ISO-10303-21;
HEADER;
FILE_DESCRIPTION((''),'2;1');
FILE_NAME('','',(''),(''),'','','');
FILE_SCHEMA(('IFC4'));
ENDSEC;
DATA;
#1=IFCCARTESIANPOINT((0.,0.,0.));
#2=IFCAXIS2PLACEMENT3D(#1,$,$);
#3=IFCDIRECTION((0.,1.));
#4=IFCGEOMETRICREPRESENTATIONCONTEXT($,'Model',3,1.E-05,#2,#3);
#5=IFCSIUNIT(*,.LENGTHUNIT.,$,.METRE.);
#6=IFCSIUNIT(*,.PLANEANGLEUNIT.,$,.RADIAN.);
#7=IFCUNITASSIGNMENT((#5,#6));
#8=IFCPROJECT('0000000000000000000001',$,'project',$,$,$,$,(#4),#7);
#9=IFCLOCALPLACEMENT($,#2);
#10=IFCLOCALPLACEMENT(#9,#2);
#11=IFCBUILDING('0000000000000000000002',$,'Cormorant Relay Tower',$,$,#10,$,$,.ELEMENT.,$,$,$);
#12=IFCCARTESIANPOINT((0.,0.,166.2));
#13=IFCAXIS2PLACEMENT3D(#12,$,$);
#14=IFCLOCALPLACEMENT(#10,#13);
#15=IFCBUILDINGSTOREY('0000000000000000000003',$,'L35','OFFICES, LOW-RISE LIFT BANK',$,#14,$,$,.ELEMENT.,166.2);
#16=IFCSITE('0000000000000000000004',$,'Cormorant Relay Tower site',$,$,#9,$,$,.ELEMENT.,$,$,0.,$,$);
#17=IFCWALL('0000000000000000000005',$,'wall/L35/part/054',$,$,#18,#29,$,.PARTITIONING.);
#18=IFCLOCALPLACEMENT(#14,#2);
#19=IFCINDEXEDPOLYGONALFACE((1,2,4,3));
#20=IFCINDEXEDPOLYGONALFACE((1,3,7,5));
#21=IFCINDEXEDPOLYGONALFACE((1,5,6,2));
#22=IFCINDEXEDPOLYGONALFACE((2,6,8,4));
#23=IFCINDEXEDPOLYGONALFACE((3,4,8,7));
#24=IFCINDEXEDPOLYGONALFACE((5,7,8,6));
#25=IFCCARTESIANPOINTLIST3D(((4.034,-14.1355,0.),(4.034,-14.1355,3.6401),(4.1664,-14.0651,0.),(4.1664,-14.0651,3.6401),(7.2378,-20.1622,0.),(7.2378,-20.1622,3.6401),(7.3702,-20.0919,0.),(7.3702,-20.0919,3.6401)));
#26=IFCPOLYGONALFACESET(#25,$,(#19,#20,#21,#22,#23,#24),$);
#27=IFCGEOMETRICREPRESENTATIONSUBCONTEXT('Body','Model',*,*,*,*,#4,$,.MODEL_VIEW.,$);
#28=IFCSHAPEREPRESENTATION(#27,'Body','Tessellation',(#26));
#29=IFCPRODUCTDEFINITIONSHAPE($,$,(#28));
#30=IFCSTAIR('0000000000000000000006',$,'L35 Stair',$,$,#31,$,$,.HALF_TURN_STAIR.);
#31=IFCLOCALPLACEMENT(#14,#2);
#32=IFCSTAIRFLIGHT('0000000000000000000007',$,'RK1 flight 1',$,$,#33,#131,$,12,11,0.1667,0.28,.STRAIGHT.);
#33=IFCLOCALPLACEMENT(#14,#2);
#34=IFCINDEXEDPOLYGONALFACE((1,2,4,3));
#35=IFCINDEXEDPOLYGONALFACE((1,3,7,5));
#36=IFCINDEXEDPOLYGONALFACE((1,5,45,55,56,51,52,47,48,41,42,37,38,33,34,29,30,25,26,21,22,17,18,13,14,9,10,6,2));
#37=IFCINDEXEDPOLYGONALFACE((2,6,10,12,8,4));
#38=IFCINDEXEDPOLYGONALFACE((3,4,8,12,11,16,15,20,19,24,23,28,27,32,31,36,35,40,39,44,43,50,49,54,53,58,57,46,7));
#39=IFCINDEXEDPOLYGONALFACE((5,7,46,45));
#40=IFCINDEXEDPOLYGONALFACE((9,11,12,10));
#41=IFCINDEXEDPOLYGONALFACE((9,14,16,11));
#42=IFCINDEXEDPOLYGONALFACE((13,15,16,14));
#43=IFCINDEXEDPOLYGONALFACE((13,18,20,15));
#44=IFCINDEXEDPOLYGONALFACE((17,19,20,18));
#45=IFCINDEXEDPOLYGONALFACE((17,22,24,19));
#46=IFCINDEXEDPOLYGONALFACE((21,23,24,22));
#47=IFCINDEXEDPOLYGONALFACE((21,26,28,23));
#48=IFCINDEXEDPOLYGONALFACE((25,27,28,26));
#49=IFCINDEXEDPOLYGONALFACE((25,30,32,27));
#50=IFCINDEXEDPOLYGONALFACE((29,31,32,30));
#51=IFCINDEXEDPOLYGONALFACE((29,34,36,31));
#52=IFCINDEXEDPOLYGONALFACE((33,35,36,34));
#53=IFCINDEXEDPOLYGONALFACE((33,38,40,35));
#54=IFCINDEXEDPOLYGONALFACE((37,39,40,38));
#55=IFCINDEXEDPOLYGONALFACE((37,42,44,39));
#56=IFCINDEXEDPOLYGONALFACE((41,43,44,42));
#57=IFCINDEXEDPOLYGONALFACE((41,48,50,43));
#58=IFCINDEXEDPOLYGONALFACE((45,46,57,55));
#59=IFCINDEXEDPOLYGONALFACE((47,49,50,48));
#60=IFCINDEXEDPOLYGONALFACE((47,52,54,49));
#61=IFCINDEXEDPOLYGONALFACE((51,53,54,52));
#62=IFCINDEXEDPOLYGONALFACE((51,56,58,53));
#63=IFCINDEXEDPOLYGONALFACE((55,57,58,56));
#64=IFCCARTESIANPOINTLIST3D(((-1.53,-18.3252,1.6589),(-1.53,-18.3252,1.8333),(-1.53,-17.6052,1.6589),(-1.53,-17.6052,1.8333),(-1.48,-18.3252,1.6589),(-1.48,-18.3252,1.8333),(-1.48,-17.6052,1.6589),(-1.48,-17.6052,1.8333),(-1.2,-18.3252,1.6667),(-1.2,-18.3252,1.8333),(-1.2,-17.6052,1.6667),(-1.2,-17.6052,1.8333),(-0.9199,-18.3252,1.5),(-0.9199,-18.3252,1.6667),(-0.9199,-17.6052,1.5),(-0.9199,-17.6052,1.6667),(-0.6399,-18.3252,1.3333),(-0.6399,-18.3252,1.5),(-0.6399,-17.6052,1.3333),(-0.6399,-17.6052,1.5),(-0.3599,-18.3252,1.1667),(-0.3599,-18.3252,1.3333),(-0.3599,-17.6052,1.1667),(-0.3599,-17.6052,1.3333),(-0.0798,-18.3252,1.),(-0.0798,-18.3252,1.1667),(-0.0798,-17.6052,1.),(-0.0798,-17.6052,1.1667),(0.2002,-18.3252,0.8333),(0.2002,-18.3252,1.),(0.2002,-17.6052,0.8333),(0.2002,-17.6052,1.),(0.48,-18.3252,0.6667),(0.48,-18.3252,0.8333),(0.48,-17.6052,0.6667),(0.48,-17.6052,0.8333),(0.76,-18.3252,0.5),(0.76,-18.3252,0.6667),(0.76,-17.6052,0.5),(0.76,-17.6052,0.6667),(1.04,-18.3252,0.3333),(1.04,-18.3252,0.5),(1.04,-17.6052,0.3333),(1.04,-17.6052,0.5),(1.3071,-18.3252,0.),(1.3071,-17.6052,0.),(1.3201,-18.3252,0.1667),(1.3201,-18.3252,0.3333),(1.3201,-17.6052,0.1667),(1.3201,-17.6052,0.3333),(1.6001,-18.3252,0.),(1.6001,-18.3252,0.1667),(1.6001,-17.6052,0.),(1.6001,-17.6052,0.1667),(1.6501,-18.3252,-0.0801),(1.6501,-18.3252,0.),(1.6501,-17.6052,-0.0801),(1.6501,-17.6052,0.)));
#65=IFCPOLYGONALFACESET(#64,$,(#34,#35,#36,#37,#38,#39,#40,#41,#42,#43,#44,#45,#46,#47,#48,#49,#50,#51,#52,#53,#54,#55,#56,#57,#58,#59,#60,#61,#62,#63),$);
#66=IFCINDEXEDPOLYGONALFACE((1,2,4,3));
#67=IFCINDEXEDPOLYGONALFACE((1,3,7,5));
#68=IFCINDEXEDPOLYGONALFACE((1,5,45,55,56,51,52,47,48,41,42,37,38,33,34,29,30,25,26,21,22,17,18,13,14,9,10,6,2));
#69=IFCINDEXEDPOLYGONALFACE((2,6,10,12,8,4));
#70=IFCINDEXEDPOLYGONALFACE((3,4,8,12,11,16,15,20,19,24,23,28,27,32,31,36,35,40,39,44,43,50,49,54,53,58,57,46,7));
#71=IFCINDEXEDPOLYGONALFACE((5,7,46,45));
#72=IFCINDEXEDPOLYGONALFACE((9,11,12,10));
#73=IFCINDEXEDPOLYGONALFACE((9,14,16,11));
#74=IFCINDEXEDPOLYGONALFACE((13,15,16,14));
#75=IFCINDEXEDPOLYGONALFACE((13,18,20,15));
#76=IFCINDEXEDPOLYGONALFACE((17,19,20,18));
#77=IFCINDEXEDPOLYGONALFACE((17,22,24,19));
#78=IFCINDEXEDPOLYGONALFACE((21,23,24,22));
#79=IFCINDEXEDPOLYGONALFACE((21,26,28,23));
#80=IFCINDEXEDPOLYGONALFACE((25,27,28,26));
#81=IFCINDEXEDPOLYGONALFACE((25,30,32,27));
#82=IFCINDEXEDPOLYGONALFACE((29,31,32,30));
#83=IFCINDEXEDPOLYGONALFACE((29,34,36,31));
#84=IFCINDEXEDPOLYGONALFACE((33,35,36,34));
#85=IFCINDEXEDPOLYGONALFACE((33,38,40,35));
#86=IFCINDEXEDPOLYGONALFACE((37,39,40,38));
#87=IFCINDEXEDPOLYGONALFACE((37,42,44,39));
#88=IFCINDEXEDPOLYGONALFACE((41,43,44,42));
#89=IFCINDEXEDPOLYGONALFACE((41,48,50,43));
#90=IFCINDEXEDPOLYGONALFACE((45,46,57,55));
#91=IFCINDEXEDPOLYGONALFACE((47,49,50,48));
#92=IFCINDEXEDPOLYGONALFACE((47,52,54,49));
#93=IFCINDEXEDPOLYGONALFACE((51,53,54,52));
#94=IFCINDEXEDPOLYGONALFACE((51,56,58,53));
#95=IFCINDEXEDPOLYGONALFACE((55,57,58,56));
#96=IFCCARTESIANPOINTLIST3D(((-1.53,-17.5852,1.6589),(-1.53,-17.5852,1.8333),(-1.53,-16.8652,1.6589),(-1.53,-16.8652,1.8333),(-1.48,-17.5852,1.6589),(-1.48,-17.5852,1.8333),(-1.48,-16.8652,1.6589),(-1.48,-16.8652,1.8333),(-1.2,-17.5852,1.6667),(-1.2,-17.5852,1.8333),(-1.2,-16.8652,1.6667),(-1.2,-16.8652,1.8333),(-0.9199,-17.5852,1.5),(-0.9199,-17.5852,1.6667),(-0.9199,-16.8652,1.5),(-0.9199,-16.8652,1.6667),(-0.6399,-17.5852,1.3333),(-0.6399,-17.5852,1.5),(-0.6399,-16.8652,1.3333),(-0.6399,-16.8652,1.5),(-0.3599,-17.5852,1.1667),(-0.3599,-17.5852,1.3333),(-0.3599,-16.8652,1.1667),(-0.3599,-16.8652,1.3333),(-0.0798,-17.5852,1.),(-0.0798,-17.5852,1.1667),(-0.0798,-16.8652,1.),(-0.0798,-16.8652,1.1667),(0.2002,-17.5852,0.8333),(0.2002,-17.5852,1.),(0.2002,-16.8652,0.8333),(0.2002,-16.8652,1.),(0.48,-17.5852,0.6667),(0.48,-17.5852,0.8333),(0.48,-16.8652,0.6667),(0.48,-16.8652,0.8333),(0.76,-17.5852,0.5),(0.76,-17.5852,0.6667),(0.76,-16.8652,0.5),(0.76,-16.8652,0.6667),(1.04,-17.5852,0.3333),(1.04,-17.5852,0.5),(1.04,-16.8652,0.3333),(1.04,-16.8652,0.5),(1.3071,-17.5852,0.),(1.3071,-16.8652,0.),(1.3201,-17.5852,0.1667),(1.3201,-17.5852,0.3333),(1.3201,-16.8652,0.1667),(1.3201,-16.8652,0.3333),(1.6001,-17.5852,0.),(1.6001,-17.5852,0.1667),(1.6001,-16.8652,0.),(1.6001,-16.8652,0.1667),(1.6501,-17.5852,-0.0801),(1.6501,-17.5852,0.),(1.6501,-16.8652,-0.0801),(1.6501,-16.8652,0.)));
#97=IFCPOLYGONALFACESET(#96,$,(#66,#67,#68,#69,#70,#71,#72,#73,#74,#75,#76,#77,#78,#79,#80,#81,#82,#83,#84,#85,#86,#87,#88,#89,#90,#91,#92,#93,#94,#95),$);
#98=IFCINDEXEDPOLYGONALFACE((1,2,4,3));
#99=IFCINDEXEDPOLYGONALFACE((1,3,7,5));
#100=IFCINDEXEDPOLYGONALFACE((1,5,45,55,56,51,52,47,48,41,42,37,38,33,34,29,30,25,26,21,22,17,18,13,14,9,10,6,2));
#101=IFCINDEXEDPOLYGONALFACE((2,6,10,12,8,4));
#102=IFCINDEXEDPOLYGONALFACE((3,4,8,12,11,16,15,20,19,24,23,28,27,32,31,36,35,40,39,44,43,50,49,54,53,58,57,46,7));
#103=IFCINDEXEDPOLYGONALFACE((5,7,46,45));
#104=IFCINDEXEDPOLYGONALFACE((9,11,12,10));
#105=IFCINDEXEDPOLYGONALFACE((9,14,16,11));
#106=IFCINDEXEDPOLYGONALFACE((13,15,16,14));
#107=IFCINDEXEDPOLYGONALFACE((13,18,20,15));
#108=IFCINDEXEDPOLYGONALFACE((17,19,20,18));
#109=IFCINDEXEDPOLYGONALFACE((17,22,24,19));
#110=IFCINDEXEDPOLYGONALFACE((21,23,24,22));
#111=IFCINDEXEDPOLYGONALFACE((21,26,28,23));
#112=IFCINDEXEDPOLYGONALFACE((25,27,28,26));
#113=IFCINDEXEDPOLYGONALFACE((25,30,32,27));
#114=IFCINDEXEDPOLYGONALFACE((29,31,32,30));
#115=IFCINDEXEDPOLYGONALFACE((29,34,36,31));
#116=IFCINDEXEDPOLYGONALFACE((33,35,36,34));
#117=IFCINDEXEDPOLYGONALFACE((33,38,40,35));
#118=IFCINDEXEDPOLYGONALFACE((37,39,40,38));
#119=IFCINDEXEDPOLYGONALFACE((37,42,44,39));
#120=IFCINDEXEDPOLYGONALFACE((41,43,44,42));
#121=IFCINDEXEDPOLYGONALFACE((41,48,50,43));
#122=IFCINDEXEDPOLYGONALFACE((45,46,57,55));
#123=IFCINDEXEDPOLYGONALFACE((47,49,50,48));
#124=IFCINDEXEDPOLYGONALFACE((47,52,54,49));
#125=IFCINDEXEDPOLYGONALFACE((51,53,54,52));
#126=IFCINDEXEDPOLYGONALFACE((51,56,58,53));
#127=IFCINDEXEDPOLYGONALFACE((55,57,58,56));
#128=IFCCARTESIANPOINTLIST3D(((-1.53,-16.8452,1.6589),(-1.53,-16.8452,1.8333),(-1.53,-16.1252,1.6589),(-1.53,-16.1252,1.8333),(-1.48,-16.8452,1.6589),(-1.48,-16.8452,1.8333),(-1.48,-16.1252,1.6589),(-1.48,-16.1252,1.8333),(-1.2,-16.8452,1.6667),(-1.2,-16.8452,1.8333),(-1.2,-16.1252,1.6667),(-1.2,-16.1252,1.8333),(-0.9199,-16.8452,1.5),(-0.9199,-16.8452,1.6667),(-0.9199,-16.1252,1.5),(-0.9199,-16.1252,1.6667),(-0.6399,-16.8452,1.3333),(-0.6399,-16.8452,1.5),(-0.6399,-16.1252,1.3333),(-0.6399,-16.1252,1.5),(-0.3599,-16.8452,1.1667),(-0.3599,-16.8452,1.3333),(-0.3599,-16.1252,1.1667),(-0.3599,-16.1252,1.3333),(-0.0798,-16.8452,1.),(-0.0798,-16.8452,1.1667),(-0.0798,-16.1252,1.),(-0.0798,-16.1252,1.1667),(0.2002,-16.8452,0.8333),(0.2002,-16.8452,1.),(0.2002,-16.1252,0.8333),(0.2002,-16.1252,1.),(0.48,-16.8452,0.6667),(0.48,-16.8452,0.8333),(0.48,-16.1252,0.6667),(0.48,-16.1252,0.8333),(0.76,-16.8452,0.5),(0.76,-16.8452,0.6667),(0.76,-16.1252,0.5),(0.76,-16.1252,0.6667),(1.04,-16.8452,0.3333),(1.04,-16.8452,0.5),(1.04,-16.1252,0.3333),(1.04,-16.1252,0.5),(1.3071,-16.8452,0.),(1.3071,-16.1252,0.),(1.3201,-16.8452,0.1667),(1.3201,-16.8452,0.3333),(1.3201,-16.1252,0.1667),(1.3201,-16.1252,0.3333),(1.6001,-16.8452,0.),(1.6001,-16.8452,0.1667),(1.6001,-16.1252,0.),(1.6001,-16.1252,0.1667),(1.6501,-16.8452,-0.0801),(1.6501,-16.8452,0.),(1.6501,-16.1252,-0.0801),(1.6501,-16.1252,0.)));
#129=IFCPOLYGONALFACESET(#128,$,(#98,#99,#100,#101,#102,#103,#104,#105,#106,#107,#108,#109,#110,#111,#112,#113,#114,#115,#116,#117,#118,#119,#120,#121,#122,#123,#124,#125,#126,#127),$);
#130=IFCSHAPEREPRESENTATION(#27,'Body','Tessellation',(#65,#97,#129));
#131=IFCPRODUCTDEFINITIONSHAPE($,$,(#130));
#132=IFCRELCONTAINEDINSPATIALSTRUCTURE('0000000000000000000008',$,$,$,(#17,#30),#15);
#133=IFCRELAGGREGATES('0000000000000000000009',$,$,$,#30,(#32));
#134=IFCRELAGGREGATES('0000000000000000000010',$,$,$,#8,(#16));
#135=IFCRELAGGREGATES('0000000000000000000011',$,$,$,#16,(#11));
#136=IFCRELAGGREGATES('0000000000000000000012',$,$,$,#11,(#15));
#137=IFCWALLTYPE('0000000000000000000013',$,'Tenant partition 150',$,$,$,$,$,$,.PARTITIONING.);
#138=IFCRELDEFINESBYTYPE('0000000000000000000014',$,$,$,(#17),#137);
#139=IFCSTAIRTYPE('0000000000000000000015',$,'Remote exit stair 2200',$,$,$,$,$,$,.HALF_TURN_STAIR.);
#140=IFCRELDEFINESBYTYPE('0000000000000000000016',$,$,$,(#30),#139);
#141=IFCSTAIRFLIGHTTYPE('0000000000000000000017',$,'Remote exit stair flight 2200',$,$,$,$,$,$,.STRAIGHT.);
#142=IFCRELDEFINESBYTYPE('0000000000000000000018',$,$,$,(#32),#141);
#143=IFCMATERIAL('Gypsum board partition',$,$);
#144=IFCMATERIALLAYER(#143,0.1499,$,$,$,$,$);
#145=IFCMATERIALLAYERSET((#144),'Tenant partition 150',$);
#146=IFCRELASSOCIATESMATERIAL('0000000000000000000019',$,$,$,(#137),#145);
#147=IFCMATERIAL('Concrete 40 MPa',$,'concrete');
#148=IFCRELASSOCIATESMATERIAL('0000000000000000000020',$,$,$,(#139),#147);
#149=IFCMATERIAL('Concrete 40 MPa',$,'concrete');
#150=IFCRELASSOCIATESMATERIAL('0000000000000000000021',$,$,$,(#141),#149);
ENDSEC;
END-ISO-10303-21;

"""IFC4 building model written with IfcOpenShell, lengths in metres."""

from ifc_helpers import new_model, si_unit, direction, frame, frame_2d, origin, place, context, subcontext, project, spatial, polyline, rectangle, outline, extrude, material, layer, layer_set, type_object, element, aggregate, save


model = new_model("IFC4")

# Units and contexts
model_context = context("Model", 3, precision=1e-05, world=origin(), true_north=direction((0.0, 1.0)))
body_context = subcontext(model_context, "Body", "Model", "MODEL_VIEW")
ifc_project = project(units=[si_unit("LENGTHUNIT", "METRE"), si_unit("PLANEANGLEUNIT", "RADIAN")], contexts=[model_context])

# Site, building, storey
site_placement = place(None, origin())
site = spatial("IfcSite", under=ifc_project, at=site_placement, Name="Cormorant Relay Tower site", CompositionType="ELEMENT", RefElevation=0.0)
building_placement = place(site_placement, origin())
building = spatial("IfcBuilding", under=site, at=building_placement, Name="Cormorant Relay Tower", CompositionType="ELEMENT")
storey_placement = place(building_placement, frame((0.0, 0.0, 166.2)))
storey = spatial("IfcBuildingStorey", under=building, at=storey_placement, Name="L35", Description="OFFICES, LOW-RISE LIFT BANK", CompositionType="ELEMENT", Elevation=166.2)

# Wall
ifc_material_1 = material(Name="Gypsum board partition")
ifc_layer_1 = layer(ifc_material_1, 0.1499)
ifc_layer_set_1 = layer_set([ifc_layer_1], Name="Tenant partition 150")
wall_type_1 = type_object("IfcWallType", Name="Tenant partition 150", PredefinedType="PARTITIONING", material=ifc_layer_set_1)
wall_1_placement = place(storey_placement, frame((7.304, -20.127, 0.0), z_axis=(0.0, 0.0, 1.0), x_axis=(-0.469394, 0.882989, 0.0)))
element("IfcWall", 1, at=wall_1_placement, inside=storey, type_object=wall_type_1, Name="wall/L35/part/054", PredefinedType="PARTITIONING", context=body_context, shape_type="SweptSolid", body=[
    extrude(rectangle(XDim=6.8254, YDim=0.1499, at=frame_2d((3.4126, 0.0))), origin(), (0.0, 0.0, 1.0), 3.6401),
])

# Stair, stair flight
ifc_material_2 = material(Name="Concrete 40 MPa", Category="concrete")
stair_type = type_object("IfcStairType", Name="Remote exit stair 2200", PredefinedType="HALF_TURN_STAIR", material=ifc_material_2)
stair_placement = place(storey_placement, origin())
stair = element("IfcStair", 2, at=stair_placement, inside=storey, type_object=stair_type, Name="L35 Stair", PredefinedType="HALF_TURN_STAIR")
ifc_material_3 = material(Name="Concrete 40 MPa", Category="concrete")
stair_flight_type = type_object("IfcStairFlightType", Name="Remote exit stair flight 2200", PredefinedType="STRAIGHT", material=ifc_material_3)
stair_flight_1_placement = place(storey_placement, frame((1.6001, -17.2251, 0.0), z_axis=(0.0, 0.0, 1.0), x_axis=(-1.0, 0.0, 0.0)))
stair_flight_1 = element("IfcStairFlight", 3, at=stair_flight_1_placement, type_object=stair_flight_type, Name="RK1 flight 1", NumberOfRisers=12, NumberOfTreads=11, PredefinedType="STRAIGHT", RiserHeight=0.1667, TreadLength=0.28, context=body_context, shape_type="SweptSolid", body=[
    extrude(outline(polyline([(-0.05, -0.0801), (-0.05, 0.0), (0.0, 0.0), (0.0, 0.1667), (0.28, 0.1667), (0.28, 0.3333), (0.5601, 0.3333), (0.5601, 0.5), (0.8401, 0.5), (0.8401, 0.6667), (1.1201, 0.6667), (1.1201, 0.8333), (1.3999, 0.8333), (1.3999, 1.0), (1.6799, 1.0), (1.6799, 1.1667), (1.96, 1.1667), (1.96, 1.3333), (2.24, 1.3333), (2.24, 1.5), (2.52, 1.5), (2.52, 1.6667), (2.8, 1.6667), (2.8, 1.8333), (3.0801, 1.8333), (3.1301, 1.8333), (3.1301, 1.6589), (3.0801, 1.6589), (0.293, 0.0), (-0.05, -0.0801)])), frame((0.0, 1.1001, 0.0), z_axis=(0.0, -1.0, 0.0), x_axis=(1.0, 0.0, 0.0)), (0.0, 0.0, 1.0), 0.72),
    extrude(outline(polyline([(-0.05, -0.0801), (-0.05, 0.0), (0.0, 0.0), (0.0, 0.1667), (0.28, 0.1667), (0.28, 0.3333), (0.5601, 0.3333), (0.5601, 0.5), (0.8401, 0.5), (0.8401, 0.6667), (1.1201, 0.6667), (1.1201, 0.8333), (1.3999, 0.8333), (1.3999, 1.0), (1.6799, 1.0), (1.6799, 1.1667), (1.96, 1.1667), (1.96, 1.3333), (2.24, 1.3333), (2.24, 1.5), (2.52, 1.5), (2.52, 1.6667), (2.8, 1.6667), (2.8, 1.8333), (3.0801, 1.8333), (3.1301, 1.8333), (3.1301, 1.6589), (3.0801, 1.6589), (0.293, 0.0), (-0.05, -0.0801)])), frame((0.0, 0.3601, 0.0), z_axis=(0.0, -1.0, 0.0), x_axis=(1.0, 0.0, 0.0)), (0.0, 0.0, 1.0), 0.72),
    extrude(outline(polyline([(-0.05, -0.0801), (-0.05, 0.0), (0.0, 0.0), (0.0, 0.1667), (0.28, 0.1667), (0.28, 0.3333), (0.5601, 0.3333), (0.5601, 0.5), (0.8401, 0.5), (0.8401, 0.6667), (1.1201, 0.6667), (1.1201, 0.8333), (1.3999, 0.8333), (1.3999, 1.0), (1.6799, 1.0), (1.6799, 1.1667), (1.96, 1.1667), (1.96, 1.3333), (2.24, 1.3333), (2.24, 1.5), (2.52, 1.5), (2.52, 1.6667), (2.8, 1.6667), (2.8, 1.8333), (3.0801, 1.8333), (3.1301, 1.8333), (3.1301, 1.6589), (3.0801, 1.6589), (0.293, 0.0), (-0.05, -0.0801)])), frame((0.0, -0.3799, 0.0), z_axis=(0.0, -1.0, 0.0), x_axis=(1.0, 0.0, 0.0)), (0.0, 0.0, 1.0), 0.72),
])
aggregate(stair, [stair_flight_1])

save(model, "model.ifc")
